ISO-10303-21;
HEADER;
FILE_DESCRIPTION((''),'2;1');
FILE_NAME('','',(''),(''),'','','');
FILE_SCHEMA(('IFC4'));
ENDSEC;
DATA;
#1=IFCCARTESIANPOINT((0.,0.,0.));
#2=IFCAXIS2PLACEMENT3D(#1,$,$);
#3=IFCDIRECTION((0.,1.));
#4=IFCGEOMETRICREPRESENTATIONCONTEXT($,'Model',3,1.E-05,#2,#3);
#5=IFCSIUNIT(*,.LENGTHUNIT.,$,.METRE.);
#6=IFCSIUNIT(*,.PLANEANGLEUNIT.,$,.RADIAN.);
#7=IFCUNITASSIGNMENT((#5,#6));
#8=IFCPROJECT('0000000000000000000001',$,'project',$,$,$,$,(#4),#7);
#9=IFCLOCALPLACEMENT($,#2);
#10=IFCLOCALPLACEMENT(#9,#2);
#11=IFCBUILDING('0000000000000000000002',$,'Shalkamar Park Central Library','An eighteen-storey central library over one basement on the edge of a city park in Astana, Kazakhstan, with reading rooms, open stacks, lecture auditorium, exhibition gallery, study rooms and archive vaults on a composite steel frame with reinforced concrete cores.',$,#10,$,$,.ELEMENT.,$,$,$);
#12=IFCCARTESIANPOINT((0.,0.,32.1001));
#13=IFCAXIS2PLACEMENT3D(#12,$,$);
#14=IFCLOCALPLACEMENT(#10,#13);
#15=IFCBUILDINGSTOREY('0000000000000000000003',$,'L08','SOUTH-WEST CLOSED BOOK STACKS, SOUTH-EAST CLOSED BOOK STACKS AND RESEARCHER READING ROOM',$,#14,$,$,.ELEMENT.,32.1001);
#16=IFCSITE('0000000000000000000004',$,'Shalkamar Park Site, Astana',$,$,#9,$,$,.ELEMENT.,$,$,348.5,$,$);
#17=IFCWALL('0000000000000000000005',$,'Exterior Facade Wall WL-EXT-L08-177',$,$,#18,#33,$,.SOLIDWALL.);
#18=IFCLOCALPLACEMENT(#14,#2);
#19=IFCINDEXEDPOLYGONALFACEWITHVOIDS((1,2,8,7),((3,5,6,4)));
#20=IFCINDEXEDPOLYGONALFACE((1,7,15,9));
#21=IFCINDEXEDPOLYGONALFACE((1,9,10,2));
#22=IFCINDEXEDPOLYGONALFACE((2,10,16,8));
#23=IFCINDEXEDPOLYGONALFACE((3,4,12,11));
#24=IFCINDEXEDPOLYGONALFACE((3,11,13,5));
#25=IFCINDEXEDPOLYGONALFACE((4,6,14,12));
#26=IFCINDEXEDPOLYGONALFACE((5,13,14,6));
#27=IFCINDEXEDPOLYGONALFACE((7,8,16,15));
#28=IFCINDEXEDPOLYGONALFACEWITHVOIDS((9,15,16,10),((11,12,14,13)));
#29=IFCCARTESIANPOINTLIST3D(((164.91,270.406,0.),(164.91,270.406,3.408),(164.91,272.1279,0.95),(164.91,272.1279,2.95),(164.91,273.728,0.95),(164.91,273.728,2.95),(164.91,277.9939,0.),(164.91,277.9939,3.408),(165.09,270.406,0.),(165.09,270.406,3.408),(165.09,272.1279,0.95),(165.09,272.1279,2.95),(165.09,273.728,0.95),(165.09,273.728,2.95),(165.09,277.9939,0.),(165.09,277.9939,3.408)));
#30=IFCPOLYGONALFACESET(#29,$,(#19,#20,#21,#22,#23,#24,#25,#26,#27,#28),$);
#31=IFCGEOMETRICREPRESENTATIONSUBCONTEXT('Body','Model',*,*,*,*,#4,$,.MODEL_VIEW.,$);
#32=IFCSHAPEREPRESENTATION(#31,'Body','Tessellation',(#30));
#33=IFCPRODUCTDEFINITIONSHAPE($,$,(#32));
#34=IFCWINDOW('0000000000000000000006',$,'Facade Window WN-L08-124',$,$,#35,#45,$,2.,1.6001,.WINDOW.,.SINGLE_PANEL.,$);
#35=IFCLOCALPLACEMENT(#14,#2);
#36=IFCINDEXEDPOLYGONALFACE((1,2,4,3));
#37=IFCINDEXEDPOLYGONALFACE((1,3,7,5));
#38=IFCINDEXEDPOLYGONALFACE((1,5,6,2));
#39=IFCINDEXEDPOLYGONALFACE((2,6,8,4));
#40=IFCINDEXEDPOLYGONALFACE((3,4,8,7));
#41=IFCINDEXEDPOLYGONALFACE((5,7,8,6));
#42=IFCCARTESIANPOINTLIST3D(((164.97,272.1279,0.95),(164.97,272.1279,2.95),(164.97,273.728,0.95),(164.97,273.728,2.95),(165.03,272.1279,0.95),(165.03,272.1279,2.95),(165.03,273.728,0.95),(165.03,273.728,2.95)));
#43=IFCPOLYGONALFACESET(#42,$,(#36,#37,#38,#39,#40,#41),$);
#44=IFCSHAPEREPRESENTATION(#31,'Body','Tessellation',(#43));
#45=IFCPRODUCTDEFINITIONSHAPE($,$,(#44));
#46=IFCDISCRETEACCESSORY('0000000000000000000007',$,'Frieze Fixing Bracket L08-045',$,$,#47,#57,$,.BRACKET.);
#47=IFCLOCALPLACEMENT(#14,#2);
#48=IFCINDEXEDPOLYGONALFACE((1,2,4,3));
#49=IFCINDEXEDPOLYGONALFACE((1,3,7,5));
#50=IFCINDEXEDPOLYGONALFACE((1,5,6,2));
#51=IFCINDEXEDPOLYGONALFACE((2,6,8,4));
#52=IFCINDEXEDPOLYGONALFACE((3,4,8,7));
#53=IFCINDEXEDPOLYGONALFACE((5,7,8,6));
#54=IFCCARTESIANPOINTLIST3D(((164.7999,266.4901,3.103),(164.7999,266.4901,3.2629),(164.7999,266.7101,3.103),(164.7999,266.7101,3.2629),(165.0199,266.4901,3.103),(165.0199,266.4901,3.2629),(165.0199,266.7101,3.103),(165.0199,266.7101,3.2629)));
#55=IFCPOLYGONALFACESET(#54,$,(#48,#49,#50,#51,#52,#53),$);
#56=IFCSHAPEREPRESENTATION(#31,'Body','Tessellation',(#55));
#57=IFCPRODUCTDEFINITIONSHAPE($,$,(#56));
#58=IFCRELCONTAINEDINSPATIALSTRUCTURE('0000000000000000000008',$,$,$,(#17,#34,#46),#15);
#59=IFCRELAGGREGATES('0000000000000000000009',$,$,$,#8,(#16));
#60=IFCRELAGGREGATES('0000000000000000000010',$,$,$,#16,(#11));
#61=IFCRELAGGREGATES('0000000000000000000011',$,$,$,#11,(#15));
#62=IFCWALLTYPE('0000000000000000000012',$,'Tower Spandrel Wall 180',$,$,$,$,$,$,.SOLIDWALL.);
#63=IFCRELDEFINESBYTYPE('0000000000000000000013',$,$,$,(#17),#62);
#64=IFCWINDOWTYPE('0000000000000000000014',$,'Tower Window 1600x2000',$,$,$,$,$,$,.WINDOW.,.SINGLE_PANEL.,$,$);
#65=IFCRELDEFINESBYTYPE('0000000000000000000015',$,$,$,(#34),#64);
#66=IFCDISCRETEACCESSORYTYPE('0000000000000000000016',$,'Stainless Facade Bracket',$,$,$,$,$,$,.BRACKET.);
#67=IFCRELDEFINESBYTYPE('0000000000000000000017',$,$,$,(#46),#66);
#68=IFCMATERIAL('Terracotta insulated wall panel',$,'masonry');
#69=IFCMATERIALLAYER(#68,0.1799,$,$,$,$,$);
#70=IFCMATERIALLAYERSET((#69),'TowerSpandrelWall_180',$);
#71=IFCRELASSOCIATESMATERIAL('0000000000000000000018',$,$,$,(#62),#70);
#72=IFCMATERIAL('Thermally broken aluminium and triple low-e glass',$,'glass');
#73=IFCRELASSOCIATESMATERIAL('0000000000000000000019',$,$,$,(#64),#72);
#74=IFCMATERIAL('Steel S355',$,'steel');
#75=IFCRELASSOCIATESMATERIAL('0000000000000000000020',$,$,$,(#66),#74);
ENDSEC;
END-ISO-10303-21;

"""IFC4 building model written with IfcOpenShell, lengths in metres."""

from ifc_helpers import new_model, si_unit, direction, frame, frame_2d, origin, origin_2d, place, context, subcontext, project, spatial, rectangle, extrude, material, layer, layer_set, type_object, element, fill, save


model = new_model("IFC4")

# Units and contexts
model_context = context("Model", 3, precision=1e-05, world=origin(), true_north=direction((0.0, 1.0)))
body_context = subcontext(model_context, "Body", "Model", "MODEL_VIEW")
ifc_project = project(units=[si_unit("LENGTHUNIT", "METRE"), si_unit("PLANEANGLEUNIT", "RADIAN")], contexts=[model_context])

# Site, building, storey
site_placement = place(None, origin())
site = spatial("IfcSite", under=ifc_project, at=site_placement, Name="Shalkamar Park Site, Astana", CompositionType="ELEMENT", RefElevation=348.5)
building_placement = place(site_placement, origin())
building = spatial("IfcBuilding", under=site, at=building_placement, Name="Shalkamar Park Central Library", Description="An eighteen-storey central library over one basement on the edge of a city park in Astana, Kazakhstan, with reading rooms, open stacks, lecture auditorium, exhibition gallery, study rooms and archive vaults on a composite steel frame with reinforced concrete cores.", CompositionType="ELEMENT")
storey_placement = place(building_placement, frame((0.0, 0.0, 32.1001)))
storey = spatial("IfcBuildingStorey", under=building, at=storey_placement, Name="L08", Description="SOUTH-WEST CLOSED BOOK STACKS, SOUTH-EAST CLOSED BOOK STACKS AND RESEARCHER READING ROOM", CompositionType="ELEMENT", Elevation=32.1001)

# Shared definitions
ifc_material_1 = material(Name="Steel S355", Category="steel")

# Shared definitions
ifc_material_2 = material(Name="Terracotta insulated wall panel", Category="masonry")
ifc_layer_1 = layer(ifc_material_2, 0.1799)
ifc_layer_set_1 = layer_set([ifc_layer_1], Name="TowerSpandrelWall_180")
wall_type_1 = type_object("IfcWallType", Name="Tower Spandrel Wall 180", PredefinedType="SOLIDWALL", material=ifc_layer_set_1)

# Wall, opening, window
ifc_material_3 = material(Name="Thermally broken aluminium and triple low-e glass", Category="glass")
wall_1_placement = place(storey_placement, frame((165.0, 270.406, 0.0), z_axis=(0.0, 0.0, 1.0), x_axis=(0.0, 1.0, 0.0)))
wall_1 = element("IfcWall", 1, at=wall_1_placement, inside=storey, type_object=wall_type_1, Name="Exterior Facade Wall WL-EXT-L08-177", PredefinedType="SOLIDWALL", context=body_context, shape_type="SweptSolid", body=[
    extrude(rectangle(XDim=7.5879, YDim=0.1799, at=frame_2d((3.7939, 0.0))), origin(), (0.0, 0.0, 1.0), 3.408),
])
opening_1_placement = place(wall_1_placement, frame((1.7219, 0.0, 0.95)))
opening_1 = element("IfcOpeningElement", 2, at=opening_1_placement, cuts=wall_1, PredefinedType="OPENING", context=body_context, shape_type="SweptSolid", body=[
    extrude(rectangle(XDim=1.6001, YDim=2.0, at=frame_2d((0.8, 1.0))), frame((0.0, 0.105, 0.0), z_axis=(0.0, -1.0, 0.0), x_axis=(1.0, 0.0, 0.0)), (0.0, 0.0, 1.0), 0.2097),
])
window_type_1 = type_object("IfcWindowType", Name="Tower Window 1600x2000", PartitioningType="SINGLE_PANEL", PredefinedType="WINDOW", material=ifc_material_3)
window_1_placement = place(opening_1_placement, origin())
window_1 = element("IfcWindow", 3, at=window_1_placement, inside=storey, type_object=window_type_1, Name="Facade Window WN-L08-124", OverallHeight=2.0, OverallWidth=1.6001, PartitioningType="SINGLE_PANEL", PredefinedType="WINDOW", context=body_context, shape_type="SweptSolid", body=[
    extrude(rectangle(XDim=1.6001, YDim=2.0, at=frame_2d((0.8, 1.0))), frame((0.0, 0.03, 0.0), z_axis=(0.0, -1.0, 0.0), x_axis=(1.0, 0.0, 0.0)), (0.0, 0.0, 1.0), 0.0601),
])
fill(opening_1, window_1)

# Discrete accessory
discrete_accessory_type = type_object("IfcDiscreteAccessoryType", Name="Stainless Facade Bracket", PredefinedType="BRACKET", material=ifc_material_1)
discrete_accessory_placement = place(storey_placement, frame((164.9099, 266.6001, 3.103), z_axis=(0.0, 0.0, 1.0), x_axis=(1.0, 0.0, 0.0)))
element("IfcDiscreteAccessory", 4, at=discrete_accessory_placement, inside=storey, type_object=discrete_accessory_type, Name="Frieze Fixing Bracket L08-045", PredefinedType="BRACKET", context=body_context, shape_type="SweptSolid", body=[
    extrude(rectangle(XDim=0.22, YDim=0.22, at=origin_2d()), origin(), (0.0, 0.0, 1.0), 0.1599),
])

save(model, "model.ifc")
